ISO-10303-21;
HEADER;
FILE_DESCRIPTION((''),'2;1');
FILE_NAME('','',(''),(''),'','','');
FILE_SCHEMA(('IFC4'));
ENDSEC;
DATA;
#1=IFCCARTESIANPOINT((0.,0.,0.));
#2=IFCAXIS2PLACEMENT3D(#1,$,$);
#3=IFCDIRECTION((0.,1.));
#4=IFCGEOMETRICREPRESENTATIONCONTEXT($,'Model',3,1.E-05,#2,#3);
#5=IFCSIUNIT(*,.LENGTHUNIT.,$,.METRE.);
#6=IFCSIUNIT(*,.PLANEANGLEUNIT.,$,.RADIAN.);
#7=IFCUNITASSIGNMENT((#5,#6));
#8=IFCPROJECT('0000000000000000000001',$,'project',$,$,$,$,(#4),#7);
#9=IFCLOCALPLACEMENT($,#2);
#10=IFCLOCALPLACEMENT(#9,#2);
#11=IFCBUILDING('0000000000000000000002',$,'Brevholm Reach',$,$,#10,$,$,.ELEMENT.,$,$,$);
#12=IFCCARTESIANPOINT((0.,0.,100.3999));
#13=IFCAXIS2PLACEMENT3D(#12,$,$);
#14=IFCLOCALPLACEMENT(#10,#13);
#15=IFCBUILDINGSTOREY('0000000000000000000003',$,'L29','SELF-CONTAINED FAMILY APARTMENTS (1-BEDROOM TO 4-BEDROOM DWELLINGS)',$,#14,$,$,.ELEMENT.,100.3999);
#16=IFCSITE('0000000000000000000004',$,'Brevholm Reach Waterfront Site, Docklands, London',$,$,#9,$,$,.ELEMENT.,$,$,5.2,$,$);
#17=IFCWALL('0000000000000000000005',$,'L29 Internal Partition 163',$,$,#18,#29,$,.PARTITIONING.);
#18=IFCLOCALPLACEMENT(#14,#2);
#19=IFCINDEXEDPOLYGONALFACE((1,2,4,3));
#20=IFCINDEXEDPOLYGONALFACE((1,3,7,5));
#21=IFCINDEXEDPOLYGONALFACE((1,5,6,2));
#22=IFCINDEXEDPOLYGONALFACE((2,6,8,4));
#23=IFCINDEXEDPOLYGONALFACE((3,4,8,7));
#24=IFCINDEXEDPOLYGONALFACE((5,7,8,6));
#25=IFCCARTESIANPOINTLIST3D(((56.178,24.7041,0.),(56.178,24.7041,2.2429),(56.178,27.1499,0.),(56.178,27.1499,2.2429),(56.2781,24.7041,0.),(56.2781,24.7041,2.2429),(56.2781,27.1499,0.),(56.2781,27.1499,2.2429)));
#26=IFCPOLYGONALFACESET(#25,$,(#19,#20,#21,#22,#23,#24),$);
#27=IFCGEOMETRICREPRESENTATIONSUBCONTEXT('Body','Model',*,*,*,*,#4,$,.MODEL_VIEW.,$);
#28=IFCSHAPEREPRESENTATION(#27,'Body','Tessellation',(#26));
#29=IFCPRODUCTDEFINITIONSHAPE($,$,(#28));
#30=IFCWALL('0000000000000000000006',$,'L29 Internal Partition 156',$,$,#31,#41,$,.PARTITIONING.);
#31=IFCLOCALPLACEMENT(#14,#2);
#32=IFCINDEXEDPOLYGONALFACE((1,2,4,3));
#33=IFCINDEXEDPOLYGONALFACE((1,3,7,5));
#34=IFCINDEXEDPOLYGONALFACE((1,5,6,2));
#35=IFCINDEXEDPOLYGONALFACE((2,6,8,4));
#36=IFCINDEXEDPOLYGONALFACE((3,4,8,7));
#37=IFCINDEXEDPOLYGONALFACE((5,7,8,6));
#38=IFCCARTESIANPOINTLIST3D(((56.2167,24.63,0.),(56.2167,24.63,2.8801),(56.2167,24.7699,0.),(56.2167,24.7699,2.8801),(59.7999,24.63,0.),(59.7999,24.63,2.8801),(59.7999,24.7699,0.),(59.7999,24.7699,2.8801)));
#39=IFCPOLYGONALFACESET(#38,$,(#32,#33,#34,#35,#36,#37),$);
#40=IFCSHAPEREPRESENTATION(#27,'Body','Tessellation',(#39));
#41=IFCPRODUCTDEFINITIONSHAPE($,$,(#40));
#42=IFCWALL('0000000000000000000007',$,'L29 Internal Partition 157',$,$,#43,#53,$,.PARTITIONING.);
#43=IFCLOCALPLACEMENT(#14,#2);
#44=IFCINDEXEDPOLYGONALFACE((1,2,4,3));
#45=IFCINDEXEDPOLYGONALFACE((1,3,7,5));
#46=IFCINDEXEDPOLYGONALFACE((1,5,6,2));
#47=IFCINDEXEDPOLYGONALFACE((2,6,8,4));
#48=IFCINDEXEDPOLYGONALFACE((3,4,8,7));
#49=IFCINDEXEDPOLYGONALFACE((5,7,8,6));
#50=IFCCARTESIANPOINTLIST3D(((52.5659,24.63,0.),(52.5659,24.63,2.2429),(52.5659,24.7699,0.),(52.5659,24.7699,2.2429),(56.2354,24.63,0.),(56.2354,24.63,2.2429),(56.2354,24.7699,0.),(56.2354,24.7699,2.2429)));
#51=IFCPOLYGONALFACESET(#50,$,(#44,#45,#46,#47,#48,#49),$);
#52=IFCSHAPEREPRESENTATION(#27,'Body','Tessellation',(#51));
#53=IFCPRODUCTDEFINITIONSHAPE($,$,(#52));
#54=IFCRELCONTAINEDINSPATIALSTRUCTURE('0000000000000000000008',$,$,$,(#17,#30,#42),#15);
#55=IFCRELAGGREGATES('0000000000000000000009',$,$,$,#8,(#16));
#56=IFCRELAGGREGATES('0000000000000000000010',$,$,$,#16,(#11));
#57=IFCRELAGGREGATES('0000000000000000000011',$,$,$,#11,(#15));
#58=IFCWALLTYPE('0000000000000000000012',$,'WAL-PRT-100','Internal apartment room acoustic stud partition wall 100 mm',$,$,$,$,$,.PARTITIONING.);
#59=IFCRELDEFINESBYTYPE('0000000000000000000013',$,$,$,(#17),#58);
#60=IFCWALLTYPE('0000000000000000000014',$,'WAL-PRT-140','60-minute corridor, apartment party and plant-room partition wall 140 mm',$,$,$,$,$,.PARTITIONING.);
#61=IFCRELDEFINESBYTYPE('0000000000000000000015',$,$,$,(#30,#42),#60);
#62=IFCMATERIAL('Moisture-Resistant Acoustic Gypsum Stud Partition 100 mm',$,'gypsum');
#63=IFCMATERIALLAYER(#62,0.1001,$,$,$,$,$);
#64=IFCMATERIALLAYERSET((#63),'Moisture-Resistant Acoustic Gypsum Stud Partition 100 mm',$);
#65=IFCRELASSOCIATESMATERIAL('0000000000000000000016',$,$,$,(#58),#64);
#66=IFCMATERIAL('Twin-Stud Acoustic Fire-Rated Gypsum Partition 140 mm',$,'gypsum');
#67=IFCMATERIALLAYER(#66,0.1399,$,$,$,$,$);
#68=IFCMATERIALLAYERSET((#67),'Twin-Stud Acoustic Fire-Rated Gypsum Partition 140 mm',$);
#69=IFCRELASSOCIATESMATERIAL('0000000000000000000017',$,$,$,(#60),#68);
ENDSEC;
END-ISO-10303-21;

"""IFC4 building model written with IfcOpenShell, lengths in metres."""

from ifc_helpers import new_model, si_unit, direction, frame, frame_2d, origin, place, context, subcontext, project, spatial, rectangle, extrude, material, layer, layer_set, type_object, element, save


model = new_model("IFC4")

# Units and contexts
model_context = context("Model", 3, precision=1e-05, world=origin(), true_north=direction((0.0, 1.0)))
body_context = subcontext(model_context, "Body", "Model", "MODEL_VIEW")
ifc_project = project(units=[si_unit("LENGTHUNIT", "METRE"), si_unit("PLANEANGLEUNIT", "RADIAN")], contexts=[model_context])

# Site, building, storey
site_placement = place(None, origin())
site = spatial("IfcSite", under=ifc_project, at=site_placement, Name="Brevholm Reach Waterfront Site, Docklands, London", CompositionType="ELEMENT", RefElevation=5.2)
building_placement = place(site_placement, origin())
building = spatial("IfcBuilding", under=site, at=building_placement, Name="Brevholm Reach", CompositionType="ELEMENT")
storey_placement = place(building_placement, frame((0.0, 0.0, 100.3999)))
storey = spatial("IfcBuildingStorey", under=building, at=storey_placement, Name="L29", Description="SELF-CONTAINED FAMILY APARTMENTS (1-BEDROOM TO 4-BEDROOM DWELLINGS)", CompositionType="ELEMENT", Elevation=100.3999)

# Shared definitions
ifc_material_1 = material(Name="Moisture-Resistant Acoustic Gypsum Stud Partition 100 mm", Category="gypsum")
ifc_layer_1 = layer(ifc_material_1, 0.1001)
ifc_layer_set_1 = layer_set([ifc_layer_1], Name="Moisture-Resistant Acoustic Gypsum Stud Partition 100 mm")
wall_type_1 = type_object("IfcWallType", Name="WAL-PRT-100", Description="Internal apartment room acoustic stud partition wall 100 mm", PredefinedType="PARTITIONING", material=ifc_layer_set_1)

# Walls
wall_1_placement = place(storey_placement, frame((56.228, 24.7041, 0.0), z_axis=(0.0, 0.0, 1.0), x_axis=(0.0, 1.0, 0.0)))
element("IfcWall", 1, at=wall_1_placement, inside=storey, type_object=wall_type_1, Name="L29 Internal Partition 163", PredefinedType="PARTITIONING", context=body_context, shape_type="SweptSolid", body=[
    extrude(rectangle(XDim=2.4458, YDim=0.1001, at=frame_2d((1.2229, 0.0))), origin(), (0.0, 0.0, 1.0), 2.2429),
])
ifc_material_2 = material(Name="Twin-Stud Acoustic Fire-Rated Gypsum Partition 140 mm", Category="gypsum")
ifc_layer_2 = layer(ifc_material_2, 0.1399)
ifc_layer_set_2 = layer_set([ifc_layer_2], Name="Twin-Stud Acoustic Fire-Rated Gypsum Partition 140 mm")
wall_type_2 = type_object("IfcWallType", Name="WAL-PRT-140", Description="60-minute corridor, apartment party and plant-room partition wall 140 mm", PredefinedType="PARTITIONING", material=ifc_layer_set_2)
wall_2_placement = place(storey_placement, frame((56.2168, 24.7, 0.0), z_axis=(0.0, 0.0, 1.0), x_axis=(1.0, 0.0, 0.0)))
element("IfcWall", 2, at=wall_2_placement, inside=storey, type_object=wall_type_2, Name="L29 Internal Partition 156", PredefinedType="PARTITIONING", context=body_context, shape_type="SweptSolid", body=[
    extrude(rectangle(XDim=3.5833, YDim=0.1399, at=frame_2d((1.7915, 0.0))), origin(), (0.0, 0.0, 1.0), 2.8801),
])
wall_3_placement = place(storey_placement, frame((52.5659, 24.7, 0.0), z_axis=(0.0, 0.0, 1.0), x_axis=(1.0, 0.0, 0.0)))
element("IfcWall", 3, at=wall_3_placement, inside=storey, type_object=wall_type_2, Name="L29 Internal Partition 157", PredefinedType="PARTITIONING", context=body_context, shape_type="SweptSolid", body=[
    extrude(rectangle(XDim=3.6694, YDim=0.1399, at=frame_2d((1.8347, 0.0))), origin(), (0.0, 0.0, 1.0), 2.2429),
])

save(model, "model.ifc")
